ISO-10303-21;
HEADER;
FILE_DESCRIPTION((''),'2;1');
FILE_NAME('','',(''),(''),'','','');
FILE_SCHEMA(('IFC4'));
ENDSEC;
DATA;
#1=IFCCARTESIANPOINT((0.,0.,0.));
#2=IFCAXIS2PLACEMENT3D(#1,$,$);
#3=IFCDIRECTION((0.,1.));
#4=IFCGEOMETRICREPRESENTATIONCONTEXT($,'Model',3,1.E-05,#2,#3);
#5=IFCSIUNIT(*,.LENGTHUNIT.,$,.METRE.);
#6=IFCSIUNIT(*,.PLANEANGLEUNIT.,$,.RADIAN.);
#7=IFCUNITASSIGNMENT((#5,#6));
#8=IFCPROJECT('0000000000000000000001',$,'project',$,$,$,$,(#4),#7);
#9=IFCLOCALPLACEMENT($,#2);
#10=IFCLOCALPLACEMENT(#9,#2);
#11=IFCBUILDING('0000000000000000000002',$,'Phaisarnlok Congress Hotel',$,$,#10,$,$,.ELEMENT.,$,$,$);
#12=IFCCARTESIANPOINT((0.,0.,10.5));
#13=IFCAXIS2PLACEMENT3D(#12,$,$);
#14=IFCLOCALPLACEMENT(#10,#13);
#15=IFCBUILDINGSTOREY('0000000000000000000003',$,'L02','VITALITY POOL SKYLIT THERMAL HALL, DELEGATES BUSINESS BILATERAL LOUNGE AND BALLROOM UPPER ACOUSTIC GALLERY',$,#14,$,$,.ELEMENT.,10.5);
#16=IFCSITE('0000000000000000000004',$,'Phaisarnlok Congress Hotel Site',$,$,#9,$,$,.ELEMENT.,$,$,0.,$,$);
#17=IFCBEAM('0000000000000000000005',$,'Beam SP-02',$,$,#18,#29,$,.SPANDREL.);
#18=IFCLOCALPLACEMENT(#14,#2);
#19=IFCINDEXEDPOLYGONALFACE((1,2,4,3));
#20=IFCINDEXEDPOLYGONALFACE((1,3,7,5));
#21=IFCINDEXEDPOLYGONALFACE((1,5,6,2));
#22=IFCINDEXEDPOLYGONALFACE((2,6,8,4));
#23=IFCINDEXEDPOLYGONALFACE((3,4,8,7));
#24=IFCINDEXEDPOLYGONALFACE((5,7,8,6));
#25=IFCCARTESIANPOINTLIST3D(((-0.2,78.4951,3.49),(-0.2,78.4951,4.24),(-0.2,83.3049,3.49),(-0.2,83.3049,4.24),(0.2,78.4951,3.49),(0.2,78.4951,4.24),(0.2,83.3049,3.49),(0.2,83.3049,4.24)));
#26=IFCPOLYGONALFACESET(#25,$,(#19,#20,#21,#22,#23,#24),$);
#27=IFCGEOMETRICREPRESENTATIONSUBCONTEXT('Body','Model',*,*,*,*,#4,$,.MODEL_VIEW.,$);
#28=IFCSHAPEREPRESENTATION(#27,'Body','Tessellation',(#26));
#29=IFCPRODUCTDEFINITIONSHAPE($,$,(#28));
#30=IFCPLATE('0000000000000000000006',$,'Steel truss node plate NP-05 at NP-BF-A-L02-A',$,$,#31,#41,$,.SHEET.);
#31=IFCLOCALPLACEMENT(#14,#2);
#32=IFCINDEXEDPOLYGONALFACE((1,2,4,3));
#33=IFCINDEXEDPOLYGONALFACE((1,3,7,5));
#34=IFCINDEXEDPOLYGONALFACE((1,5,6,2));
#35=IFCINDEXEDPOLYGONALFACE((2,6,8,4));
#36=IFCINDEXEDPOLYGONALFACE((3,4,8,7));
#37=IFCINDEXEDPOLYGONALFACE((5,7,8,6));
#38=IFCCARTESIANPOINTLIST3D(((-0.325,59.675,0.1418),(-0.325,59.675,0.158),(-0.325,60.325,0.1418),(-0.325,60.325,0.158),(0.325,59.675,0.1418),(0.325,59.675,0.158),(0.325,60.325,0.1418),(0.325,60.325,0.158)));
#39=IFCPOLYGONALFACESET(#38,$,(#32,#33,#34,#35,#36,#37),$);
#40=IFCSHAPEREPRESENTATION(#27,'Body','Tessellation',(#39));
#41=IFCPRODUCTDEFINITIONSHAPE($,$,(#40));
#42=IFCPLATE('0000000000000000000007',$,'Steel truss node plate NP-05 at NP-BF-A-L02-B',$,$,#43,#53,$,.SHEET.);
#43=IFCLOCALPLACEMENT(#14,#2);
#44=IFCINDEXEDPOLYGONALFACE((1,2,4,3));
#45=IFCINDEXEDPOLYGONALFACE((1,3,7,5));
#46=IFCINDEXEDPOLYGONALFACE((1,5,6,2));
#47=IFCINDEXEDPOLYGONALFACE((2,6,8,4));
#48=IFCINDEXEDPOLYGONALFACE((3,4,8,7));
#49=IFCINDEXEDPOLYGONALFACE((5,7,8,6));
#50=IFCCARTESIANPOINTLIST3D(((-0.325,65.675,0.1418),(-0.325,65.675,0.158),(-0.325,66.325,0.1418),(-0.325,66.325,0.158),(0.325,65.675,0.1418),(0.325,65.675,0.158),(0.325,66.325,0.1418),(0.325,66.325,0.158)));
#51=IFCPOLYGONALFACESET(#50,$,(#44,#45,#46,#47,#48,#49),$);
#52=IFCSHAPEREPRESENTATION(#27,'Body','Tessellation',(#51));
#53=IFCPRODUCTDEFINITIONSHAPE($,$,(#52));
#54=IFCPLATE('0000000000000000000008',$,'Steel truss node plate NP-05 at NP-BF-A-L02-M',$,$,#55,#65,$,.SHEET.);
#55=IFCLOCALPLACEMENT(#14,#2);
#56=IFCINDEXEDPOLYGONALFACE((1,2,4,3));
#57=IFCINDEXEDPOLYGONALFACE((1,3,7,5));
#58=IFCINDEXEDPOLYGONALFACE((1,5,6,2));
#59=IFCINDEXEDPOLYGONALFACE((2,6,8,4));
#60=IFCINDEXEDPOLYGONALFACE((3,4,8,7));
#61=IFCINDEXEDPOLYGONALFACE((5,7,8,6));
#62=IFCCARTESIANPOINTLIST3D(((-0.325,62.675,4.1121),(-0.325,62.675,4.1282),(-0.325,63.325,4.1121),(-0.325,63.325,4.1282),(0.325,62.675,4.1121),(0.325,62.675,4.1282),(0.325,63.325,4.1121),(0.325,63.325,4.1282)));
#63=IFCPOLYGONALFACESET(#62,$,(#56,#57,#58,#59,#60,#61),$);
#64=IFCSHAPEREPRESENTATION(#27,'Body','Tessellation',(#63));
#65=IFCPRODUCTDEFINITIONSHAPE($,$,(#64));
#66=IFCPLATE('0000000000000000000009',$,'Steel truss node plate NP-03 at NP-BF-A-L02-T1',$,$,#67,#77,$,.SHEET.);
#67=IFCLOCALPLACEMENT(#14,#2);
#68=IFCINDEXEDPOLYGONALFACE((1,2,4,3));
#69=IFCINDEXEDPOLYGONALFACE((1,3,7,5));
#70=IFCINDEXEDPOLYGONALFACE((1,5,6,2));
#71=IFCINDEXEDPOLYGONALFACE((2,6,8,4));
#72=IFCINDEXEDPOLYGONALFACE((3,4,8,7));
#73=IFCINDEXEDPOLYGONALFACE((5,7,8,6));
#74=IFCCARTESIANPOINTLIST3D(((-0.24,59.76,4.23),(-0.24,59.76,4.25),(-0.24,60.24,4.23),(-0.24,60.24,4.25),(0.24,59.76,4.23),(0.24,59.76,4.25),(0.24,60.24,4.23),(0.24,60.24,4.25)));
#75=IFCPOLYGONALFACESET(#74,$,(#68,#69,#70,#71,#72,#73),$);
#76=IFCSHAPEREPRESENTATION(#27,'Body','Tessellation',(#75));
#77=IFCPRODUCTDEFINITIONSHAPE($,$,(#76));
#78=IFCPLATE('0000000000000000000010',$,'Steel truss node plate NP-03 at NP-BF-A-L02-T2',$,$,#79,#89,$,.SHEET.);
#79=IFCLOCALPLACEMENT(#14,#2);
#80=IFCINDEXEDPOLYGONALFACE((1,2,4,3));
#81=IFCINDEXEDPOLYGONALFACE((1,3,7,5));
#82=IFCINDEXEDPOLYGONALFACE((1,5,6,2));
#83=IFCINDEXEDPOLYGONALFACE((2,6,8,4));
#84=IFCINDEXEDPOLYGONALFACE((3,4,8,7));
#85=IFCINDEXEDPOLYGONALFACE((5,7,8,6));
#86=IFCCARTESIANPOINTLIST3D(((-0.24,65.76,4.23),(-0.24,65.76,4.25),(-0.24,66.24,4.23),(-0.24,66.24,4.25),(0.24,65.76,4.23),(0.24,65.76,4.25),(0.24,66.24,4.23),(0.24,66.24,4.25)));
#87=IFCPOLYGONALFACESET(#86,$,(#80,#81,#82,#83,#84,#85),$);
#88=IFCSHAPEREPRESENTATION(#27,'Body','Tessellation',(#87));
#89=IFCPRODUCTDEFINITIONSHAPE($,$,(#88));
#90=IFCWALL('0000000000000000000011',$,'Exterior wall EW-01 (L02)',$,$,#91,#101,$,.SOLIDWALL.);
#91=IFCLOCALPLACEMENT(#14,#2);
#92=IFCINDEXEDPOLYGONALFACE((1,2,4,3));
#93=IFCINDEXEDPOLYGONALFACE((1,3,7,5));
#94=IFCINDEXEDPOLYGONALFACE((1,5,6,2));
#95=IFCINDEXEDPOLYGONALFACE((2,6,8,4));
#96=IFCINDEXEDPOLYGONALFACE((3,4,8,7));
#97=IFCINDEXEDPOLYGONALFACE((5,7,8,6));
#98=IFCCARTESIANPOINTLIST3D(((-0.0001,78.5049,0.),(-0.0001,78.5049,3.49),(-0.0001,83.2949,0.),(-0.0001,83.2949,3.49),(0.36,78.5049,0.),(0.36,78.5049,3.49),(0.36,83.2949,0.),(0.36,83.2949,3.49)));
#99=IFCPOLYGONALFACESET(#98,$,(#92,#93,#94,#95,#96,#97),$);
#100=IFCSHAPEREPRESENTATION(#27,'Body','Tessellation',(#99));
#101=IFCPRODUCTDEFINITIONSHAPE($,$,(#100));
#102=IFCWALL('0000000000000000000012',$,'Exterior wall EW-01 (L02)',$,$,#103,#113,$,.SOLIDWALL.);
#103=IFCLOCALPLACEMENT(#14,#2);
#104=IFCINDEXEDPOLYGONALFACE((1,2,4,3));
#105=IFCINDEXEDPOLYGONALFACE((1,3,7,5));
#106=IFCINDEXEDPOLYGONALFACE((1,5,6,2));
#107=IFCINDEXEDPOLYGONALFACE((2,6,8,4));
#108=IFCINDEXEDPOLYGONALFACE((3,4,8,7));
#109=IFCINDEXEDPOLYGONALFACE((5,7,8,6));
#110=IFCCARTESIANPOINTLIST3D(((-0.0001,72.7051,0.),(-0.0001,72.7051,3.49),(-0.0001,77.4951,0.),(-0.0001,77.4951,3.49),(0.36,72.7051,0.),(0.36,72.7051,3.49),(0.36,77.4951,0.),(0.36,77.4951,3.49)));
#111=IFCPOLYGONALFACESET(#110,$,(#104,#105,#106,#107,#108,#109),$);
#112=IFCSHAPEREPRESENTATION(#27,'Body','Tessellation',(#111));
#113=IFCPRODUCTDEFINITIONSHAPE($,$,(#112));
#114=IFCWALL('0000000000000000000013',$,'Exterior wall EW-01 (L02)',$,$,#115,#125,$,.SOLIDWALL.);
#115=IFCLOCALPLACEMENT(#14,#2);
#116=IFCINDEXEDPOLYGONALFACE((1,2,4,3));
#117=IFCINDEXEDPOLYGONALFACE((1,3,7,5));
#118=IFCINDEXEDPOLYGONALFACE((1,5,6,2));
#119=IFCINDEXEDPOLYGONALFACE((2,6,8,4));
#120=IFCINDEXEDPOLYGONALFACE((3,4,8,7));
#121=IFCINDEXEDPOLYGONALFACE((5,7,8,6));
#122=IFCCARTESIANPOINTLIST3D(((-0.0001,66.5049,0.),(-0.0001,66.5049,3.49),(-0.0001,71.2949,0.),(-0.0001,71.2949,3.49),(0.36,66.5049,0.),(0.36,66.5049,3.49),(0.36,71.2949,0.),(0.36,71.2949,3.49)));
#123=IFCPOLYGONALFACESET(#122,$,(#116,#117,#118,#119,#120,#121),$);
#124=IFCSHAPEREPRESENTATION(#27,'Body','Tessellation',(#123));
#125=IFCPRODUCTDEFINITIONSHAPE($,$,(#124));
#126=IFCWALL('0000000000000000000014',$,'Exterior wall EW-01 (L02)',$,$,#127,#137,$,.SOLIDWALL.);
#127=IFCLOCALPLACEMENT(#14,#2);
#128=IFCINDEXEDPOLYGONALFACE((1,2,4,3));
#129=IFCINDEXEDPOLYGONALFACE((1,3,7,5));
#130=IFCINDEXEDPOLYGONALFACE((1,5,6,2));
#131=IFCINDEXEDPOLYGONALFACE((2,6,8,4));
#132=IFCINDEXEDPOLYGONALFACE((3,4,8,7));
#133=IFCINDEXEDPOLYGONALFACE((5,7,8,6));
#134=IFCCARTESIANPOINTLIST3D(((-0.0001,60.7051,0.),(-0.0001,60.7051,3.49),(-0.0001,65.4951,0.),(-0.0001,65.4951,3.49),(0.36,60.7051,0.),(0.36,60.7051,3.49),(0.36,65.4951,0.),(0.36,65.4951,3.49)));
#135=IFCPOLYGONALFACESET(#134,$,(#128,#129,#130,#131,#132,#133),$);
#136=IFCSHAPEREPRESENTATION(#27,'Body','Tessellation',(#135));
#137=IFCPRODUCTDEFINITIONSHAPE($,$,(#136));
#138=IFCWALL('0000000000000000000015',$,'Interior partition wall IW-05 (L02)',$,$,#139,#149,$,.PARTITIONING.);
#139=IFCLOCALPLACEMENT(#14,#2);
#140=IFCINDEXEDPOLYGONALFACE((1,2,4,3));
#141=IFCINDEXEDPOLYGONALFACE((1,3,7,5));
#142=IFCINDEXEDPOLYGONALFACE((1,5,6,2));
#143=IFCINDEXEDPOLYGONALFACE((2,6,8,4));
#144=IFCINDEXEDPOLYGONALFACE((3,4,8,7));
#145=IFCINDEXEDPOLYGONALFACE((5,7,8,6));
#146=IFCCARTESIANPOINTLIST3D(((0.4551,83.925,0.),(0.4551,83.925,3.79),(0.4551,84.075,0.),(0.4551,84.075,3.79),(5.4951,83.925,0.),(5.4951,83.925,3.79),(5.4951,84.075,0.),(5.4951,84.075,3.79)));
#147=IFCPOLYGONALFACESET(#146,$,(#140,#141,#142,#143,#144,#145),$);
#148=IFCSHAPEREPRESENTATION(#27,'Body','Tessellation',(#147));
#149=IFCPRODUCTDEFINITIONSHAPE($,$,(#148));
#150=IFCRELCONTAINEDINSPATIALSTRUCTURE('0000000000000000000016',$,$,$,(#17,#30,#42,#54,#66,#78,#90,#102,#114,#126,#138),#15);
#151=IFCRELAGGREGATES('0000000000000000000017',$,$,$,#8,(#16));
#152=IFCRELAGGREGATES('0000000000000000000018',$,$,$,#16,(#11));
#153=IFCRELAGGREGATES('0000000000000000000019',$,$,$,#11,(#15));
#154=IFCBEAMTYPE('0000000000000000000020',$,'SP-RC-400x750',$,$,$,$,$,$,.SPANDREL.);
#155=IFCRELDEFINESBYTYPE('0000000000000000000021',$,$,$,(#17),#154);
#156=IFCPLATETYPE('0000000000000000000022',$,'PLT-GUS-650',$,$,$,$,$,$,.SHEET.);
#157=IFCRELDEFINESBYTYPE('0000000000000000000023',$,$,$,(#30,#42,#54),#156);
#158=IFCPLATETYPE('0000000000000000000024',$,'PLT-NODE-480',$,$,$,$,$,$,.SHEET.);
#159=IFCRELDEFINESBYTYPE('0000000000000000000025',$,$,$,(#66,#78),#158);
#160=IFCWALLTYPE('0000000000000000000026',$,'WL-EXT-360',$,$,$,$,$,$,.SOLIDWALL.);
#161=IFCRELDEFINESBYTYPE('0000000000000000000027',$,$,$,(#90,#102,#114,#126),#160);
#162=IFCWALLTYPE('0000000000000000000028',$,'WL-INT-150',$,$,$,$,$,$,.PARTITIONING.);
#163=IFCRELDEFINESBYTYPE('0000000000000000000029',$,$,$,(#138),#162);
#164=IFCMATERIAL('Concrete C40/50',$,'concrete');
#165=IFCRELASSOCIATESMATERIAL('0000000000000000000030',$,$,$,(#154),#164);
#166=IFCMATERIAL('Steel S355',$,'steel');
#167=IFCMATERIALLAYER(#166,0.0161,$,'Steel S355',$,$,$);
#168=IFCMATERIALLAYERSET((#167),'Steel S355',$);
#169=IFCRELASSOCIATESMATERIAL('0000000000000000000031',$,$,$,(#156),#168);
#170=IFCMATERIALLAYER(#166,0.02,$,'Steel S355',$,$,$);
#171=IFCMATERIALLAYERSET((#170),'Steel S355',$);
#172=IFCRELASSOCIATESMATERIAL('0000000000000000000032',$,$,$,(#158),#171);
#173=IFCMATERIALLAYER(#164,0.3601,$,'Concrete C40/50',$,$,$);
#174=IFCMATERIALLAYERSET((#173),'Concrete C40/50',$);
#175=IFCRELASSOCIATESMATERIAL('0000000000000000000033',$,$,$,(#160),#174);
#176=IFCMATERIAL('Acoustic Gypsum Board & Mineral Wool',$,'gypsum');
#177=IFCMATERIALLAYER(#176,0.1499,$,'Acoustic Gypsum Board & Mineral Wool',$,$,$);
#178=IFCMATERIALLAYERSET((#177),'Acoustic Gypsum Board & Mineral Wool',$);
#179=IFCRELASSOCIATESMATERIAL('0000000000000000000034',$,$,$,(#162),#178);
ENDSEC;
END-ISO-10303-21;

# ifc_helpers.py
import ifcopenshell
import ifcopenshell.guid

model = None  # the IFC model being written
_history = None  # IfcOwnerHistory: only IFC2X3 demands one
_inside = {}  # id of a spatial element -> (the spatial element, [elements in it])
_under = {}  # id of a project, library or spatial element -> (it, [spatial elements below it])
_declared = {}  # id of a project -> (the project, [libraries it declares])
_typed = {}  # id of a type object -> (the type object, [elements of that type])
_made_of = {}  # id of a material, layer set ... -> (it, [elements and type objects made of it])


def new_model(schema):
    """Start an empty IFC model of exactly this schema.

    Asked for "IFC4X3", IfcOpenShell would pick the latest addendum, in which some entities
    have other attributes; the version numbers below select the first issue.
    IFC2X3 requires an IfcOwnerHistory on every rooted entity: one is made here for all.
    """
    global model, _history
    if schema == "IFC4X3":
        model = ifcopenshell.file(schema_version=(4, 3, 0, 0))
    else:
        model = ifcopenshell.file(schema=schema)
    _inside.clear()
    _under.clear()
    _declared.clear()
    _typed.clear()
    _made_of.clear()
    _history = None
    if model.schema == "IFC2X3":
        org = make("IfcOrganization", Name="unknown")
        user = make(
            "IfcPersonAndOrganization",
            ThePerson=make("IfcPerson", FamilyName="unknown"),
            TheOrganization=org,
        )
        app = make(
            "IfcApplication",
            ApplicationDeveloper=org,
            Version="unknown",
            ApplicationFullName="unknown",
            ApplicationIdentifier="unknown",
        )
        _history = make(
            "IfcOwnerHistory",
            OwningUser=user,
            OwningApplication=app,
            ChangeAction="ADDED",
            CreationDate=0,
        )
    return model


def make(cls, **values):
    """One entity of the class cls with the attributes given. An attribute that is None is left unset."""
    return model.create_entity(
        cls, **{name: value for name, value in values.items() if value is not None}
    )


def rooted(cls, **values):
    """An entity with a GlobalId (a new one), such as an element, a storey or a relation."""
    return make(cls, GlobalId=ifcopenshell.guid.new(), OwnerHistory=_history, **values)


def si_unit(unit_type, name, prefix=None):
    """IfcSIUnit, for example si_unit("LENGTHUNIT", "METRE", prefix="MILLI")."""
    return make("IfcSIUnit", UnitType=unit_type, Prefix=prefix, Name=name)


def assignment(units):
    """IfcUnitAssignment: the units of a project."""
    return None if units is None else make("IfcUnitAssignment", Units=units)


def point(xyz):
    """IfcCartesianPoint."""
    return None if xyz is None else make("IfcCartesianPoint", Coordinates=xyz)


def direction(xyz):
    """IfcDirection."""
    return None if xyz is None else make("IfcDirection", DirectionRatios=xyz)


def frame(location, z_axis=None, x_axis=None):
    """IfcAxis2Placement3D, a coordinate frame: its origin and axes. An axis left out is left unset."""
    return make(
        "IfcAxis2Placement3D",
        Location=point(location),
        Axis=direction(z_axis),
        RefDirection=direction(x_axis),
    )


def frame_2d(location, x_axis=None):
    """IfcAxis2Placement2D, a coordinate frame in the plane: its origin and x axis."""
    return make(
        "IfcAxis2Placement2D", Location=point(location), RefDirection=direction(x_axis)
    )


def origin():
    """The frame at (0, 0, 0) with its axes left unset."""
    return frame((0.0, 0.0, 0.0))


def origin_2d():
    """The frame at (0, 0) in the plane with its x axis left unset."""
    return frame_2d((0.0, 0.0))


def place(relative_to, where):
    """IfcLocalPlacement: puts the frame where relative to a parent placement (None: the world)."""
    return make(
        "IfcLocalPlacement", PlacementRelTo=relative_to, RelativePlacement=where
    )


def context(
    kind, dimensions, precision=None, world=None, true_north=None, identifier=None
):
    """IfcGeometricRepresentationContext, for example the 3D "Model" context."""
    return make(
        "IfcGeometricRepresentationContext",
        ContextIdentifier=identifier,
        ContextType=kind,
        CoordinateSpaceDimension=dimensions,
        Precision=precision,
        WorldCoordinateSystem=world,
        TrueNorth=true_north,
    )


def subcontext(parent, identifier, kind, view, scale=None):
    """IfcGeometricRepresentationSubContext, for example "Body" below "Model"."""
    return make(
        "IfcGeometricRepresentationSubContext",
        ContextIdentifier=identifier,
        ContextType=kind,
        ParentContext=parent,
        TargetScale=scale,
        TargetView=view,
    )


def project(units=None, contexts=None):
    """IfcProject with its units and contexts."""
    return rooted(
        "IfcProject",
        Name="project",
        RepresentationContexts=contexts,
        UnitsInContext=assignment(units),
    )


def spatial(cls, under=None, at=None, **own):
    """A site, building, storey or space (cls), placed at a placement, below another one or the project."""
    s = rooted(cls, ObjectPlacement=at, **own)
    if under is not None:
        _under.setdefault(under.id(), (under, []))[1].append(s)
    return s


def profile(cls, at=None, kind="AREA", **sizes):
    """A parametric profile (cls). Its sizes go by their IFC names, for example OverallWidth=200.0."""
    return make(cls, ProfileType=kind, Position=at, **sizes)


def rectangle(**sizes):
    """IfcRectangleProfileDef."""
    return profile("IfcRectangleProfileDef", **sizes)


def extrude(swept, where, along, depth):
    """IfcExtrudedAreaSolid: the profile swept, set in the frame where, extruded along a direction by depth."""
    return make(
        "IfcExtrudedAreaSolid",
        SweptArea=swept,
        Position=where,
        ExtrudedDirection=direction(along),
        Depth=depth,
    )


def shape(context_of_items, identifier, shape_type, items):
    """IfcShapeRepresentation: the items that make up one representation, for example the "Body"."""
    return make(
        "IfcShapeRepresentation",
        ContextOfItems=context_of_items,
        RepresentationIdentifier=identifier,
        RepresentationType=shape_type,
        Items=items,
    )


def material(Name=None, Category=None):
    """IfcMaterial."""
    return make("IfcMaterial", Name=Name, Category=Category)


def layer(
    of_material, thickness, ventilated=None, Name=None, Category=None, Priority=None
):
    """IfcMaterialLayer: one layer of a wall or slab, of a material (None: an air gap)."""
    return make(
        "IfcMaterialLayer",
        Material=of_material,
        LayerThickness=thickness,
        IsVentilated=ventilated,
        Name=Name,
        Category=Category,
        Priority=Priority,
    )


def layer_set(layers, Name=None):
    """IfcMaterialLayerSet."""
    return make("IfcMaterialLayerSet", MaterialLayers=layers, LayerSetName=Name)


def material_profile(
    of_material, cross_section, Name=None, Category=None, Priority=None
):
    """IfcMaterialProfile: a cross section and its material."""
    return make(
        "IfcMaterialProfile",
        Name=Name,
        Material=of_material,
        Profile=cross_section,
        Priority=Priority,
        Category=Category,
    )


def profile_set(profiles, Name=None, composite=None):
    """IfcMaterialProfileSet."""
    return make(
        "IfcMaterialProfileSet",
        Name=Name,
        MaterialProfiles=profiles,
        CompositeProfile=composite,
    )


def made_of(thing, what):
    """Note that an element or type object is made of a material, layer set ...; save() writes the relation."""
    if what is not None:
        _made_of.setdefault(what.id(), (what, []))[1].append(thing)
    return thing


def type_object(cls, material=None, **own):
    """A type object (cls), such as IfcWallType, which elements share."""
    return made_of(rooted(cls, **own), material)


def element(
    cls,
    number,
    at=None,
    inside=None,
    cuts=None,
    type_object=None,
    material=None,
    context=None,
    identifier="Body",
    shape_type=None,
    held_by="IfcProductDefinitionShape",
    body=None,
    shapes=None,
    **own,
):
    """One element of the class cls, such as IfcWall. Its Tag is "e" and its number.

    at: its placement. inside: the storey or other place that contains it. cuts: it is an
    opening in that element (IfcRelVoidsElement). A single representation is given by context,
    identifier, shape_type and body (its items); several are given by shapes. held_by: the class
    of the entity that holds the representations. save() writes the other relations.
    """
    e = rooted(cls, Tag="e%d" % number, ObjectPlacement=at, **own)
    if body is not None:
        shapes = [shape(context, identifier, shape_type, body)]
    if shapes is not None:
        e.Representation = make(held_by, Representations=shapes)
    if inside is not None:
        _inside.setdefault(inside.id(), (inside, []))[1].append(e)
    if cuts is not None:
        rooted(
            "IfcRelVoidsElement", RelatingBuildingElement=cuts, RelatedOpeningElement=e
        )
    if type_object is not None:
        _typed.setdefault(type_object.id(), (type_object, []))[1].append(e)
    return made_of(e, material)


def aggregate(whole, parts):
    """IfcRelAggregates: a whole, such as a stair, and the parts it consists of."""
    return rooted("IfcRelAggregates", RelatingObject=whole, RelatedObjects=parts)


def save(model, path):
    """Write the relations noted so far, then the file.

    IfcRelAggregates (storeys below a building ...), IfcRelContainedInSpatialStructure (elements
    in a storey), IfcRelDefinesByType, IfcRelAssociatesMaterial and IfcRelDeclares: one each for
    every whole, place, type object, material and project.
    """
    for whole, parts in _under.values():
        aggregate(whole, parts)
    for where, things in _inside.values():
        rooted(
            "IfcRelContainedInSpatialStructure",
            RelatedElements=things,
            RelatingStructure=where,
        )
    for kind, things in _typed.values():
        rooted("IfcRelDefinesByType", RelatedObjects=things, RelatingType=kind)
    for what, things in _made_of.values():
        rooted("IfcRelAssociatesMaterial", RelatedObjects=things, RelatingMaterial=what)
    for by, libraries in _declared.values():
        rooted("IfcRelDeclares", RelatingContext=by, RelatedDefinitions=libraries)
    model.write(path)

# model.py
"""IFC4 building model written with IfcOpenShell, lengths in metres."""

from ifc_helpers import new_model, si_unit, direction, frame, frame_2d, origin, origin_2d, place, context, subcontext, project, spatial, rectangle, extrude, material, layer, layer_set, material_profile, profile_set, type_object, element, save


model = new_model("IFC4")

# Units and contexts
model_context = context("Model", 3, precision=1e-05, world=origin(), true_north=direction((0.0, 1.0)))
body_context = subcontext(model_context, "Body", "Model", "MODEL_VIEW")
ifc_project = project(units=[si_unit("LENGTHUNIT", "METRE"), si_unit("PLANEANGLEUNIT", "RADIAN")], contexts=[model_context])

# Site, building, storey
site_placement = place(None, origin())
site = spatial("IfcSite", under=ifc_project, at=site_placement, Name="Phaisarnlok Congress Hotel Site", CompositionType="ELEMENT", RefElevation=0.0)
building_placement = place(site_placement, origin())
building = spatial("IfcBuilding", under=site, at=building_placement, Name="Phaisarnlok Congress Hotel", CompositionType="ELEMENT")
storey_placement = place(building_placement, frame((0.0, 0.0, 10.5)))
storey = spatial("IfcBuildingStorey", under=building, at=storey_placement, Name="L02", Description="VITALITY POOL SKYLIT THERMAL HALL, DELEGATES BUSINESS BILATERAL LOUNGE AND BALLROOM UPPER ACOUSTIC GALLERY", CompositionType="ELEMENT", Elevation=10.5)

# Shared definitions
ifc_material_1 = material(Name="Steel S355", Category="steel")

# Beam
ifc_material_2 = material(Name="Concrete C40/50", Category="concrete")
ifc_material_profile_1 = material_profile(ifc_material_2, rectangle(XDim=0.3999, YDim=0.75, at=origin_2d()), Name="RC 400x750")
ifc_profile_set_1 = profile_set([ifc_material_profile_1], Name="Concrete C40/50")
beam_type_1 = type_object("IfcBeamType", Name="SP-RC-400x750", PredefinedType="SPANDREL", material=ifc_profile_set_1)
for number, where, z_axis, x_axis, name in (
    (1, (0.0, 78.4951, 3.865), (0.0, 1.0, 0.0), (-1.0, 0.0, 0.0), "Beam SP-02"),
):
    element("IfcBeam", number, at=place(storey_placement, frame(where, z_axis=z_axis, x_axis=x_axis)), inside=storey, type_object=beam_type_1, Name=name, PredefinedType="SPANDREL", context=body_context, shape_type="SweptSolid", body=[
        extrude(rectangle(XDim=0.3999, YDim=0.75, at=origin_2d()), origin(), (0.0, 0.0, 1.0), 4.8098),
    ])

# Plates
ifc_layer_1 = layer(ifc_material_1, 0.0161, Name="Steel S355")
ifc_layer_set_1 = layer_set([ifc_layer_1], Name="Steel S355")
plate_type_1 = type_object("IfcPlateType", Name="PLT-GUS-650", PredefinedType="SHEET", material=ifc_layer_set_1)
for number, where, z_axis, x_axis, name in (
    (2, (0.0, 60.0, 0.1418), (0.0, 0.0, 1.0), (1.0, 0.0, 0.0), "Steel truss node plate NP-05 at NP-BF-A-L02-A"),
    (3, (0.0, 66.0, 0.1418), (0.0, 0.0, 1.0), (1.0, 0.0, 0.0), "Steel truss node plate NP-05 at NP-BF-A-L02-B"),
    (4, (0.0, 63.0, 4.1121), (0.0, 0.0, 1.0), (1.0, 0.0, 0.0), "Steel truss node plate NP-05 at NP-BF-A-L02-M"),
):
    element("IfcPlate", number, at=place(storey_placement, frame(where, z_axis=z_axis, x_axis=x_axis)), inside=storey, type_object=plate_type_1, Name=name, PredefinedType="SHEET", context=body_context, shape_type="SweptSolid", body=[
        extrude(rectangle(XDim=0.6499, YDim=0.6499, at=origin_2d()), origin(), (0.0, 0.0, 1.0), 0.0161),
    ])
ifc_layer_2 = layer(ifc_material_1, 0.02, Name="Steel S355")
ifc_layer_set_2 = layer_set([ifc_layer_2], Name="Steel S355")
plate_type_2 = type_object("IfcPlateType", Name="PLT-NODE-480", PredefinedType="SHEET", material=ifc_layer_set_2)
for number, where, z_axis, x_axis, name in (
    (5, (0.0, 60.0, 4.23), (0.0, 0.0, 1.0), (1.0, 0.0, 0.0), "Steel truss node plate NP-03 at NP-BF-A-L02-T1"),
    (6, (0.0, 66.0, 4.23), (0.0, 0.0, 1.0), (1.0, 0.0, 0.0), "Steel truss node plate NP-03 at NP-BF-A-L02-T2"),
):
    element("IfcPlate", number, at=place(storey_placement, frame(where, z_axis=z_axis, x_axis=x_axis)), inside=storey, type_object=plate_type_2, Name=name, PredefinedType="SHEET", context=body_context, shape_type="SweptSolid", body=[
        extrude(rectangle(XDim=0.48, YDim=0.48, at=origin_2d()), origin(), (0.0, 0.0, 1.0), 0.02),
    ])

# Walls
ifc_layer_3 = layer(ifc_material_2, 0.3601, Name="Concrete C40/50")
ifc_layer_set_3 = layer_set([ifc_layer_3], Name="Concrete C40/50")
wall_type_1 = type_object("IfcWallType", Name="WL-EXT-360", PredefinedType="SOLIDWALL", material=ifc_layer_set_3)
for number, where, z_axis, x_axis, name in (
    (7, (0.1799, 83.2949, 0.0), (0.0, 0.0, 1.0), (0.0, -1.0, 0.0), "Exterior wall EW-01 (L02)"),
    (8, (0.1799, 77.4951, 0.0), (0.0, 0.0, 1.0), (0.0, -1.0, 0.0), "Exterior wall EW-01 (L02)"),
    (9, (0.1799, 71.2949, 0.0), (0.0, 0.0, 1.0), (0.0, -1.0, 0.0), "Exterior wall EW-01 (L02)"),
    (10, (0.1799, 65.4951, 0.0), (0.0, 0.0, 1.0), (0.0, -1.0, 0.0), "Exterior wall EW-01 (L02)"),
):
    element("IfcWall", number, at=place(storey_placement, frame(where, z_axis=z_axis, x_axis=x_axis)), inside=storey, type_object=wall_type_1, Name=name, PredefinedType="SOLIDWALL", context=body_context, shape_type="SweptSolid", body=[
        extrude(rectangle(XDim=4.79, YDim=0.3601, at=frame_2d((2.395, 0.0))), origin(), (0.0, 0.0, 1.0), 3.49),
    ])
ifc_material_3 = material(Name="Acoustic Gypsum Board & Mineral Wool", Category="gypsum")
ifc_layer_4 = layer(ifc_material_3, 0.1499, Name="Acoustic Gypsum Board & Mineral Wool")
ifc_layer_set_4 = layer_set([ifc_layer_4], Name="Acoustic Gypsum Board & Mineral Wool")
wall_type_2 = type_object("IfcWallType", Name="WL-INT-150", PredefinedType="PARTITIONING", material=ifc_layer_set_4)
wall_placement = place(storey_placement, frame((0.4551, 84.0, 0.0), z_axis=(0.0, 0.0, 1.0), x_axis=(1.0, 0.0, 0.0)))
element("IfcWall", 11, at=wall_placement, inside=storey, type_object=wall_type_2, Name="Interior partition wall IW-05 (L02)", PredefinedType="PARTITIONING", context=body_context, shape_type="SweptSolid", body=[
    extrude(rectangle(XDim=5.04, YDim=0.1499, at=frame_2d((2.52, 0.0))), origin(), (0.0, 0.0, 1.0), 3.79),
])

save(model, "model.ifc")
